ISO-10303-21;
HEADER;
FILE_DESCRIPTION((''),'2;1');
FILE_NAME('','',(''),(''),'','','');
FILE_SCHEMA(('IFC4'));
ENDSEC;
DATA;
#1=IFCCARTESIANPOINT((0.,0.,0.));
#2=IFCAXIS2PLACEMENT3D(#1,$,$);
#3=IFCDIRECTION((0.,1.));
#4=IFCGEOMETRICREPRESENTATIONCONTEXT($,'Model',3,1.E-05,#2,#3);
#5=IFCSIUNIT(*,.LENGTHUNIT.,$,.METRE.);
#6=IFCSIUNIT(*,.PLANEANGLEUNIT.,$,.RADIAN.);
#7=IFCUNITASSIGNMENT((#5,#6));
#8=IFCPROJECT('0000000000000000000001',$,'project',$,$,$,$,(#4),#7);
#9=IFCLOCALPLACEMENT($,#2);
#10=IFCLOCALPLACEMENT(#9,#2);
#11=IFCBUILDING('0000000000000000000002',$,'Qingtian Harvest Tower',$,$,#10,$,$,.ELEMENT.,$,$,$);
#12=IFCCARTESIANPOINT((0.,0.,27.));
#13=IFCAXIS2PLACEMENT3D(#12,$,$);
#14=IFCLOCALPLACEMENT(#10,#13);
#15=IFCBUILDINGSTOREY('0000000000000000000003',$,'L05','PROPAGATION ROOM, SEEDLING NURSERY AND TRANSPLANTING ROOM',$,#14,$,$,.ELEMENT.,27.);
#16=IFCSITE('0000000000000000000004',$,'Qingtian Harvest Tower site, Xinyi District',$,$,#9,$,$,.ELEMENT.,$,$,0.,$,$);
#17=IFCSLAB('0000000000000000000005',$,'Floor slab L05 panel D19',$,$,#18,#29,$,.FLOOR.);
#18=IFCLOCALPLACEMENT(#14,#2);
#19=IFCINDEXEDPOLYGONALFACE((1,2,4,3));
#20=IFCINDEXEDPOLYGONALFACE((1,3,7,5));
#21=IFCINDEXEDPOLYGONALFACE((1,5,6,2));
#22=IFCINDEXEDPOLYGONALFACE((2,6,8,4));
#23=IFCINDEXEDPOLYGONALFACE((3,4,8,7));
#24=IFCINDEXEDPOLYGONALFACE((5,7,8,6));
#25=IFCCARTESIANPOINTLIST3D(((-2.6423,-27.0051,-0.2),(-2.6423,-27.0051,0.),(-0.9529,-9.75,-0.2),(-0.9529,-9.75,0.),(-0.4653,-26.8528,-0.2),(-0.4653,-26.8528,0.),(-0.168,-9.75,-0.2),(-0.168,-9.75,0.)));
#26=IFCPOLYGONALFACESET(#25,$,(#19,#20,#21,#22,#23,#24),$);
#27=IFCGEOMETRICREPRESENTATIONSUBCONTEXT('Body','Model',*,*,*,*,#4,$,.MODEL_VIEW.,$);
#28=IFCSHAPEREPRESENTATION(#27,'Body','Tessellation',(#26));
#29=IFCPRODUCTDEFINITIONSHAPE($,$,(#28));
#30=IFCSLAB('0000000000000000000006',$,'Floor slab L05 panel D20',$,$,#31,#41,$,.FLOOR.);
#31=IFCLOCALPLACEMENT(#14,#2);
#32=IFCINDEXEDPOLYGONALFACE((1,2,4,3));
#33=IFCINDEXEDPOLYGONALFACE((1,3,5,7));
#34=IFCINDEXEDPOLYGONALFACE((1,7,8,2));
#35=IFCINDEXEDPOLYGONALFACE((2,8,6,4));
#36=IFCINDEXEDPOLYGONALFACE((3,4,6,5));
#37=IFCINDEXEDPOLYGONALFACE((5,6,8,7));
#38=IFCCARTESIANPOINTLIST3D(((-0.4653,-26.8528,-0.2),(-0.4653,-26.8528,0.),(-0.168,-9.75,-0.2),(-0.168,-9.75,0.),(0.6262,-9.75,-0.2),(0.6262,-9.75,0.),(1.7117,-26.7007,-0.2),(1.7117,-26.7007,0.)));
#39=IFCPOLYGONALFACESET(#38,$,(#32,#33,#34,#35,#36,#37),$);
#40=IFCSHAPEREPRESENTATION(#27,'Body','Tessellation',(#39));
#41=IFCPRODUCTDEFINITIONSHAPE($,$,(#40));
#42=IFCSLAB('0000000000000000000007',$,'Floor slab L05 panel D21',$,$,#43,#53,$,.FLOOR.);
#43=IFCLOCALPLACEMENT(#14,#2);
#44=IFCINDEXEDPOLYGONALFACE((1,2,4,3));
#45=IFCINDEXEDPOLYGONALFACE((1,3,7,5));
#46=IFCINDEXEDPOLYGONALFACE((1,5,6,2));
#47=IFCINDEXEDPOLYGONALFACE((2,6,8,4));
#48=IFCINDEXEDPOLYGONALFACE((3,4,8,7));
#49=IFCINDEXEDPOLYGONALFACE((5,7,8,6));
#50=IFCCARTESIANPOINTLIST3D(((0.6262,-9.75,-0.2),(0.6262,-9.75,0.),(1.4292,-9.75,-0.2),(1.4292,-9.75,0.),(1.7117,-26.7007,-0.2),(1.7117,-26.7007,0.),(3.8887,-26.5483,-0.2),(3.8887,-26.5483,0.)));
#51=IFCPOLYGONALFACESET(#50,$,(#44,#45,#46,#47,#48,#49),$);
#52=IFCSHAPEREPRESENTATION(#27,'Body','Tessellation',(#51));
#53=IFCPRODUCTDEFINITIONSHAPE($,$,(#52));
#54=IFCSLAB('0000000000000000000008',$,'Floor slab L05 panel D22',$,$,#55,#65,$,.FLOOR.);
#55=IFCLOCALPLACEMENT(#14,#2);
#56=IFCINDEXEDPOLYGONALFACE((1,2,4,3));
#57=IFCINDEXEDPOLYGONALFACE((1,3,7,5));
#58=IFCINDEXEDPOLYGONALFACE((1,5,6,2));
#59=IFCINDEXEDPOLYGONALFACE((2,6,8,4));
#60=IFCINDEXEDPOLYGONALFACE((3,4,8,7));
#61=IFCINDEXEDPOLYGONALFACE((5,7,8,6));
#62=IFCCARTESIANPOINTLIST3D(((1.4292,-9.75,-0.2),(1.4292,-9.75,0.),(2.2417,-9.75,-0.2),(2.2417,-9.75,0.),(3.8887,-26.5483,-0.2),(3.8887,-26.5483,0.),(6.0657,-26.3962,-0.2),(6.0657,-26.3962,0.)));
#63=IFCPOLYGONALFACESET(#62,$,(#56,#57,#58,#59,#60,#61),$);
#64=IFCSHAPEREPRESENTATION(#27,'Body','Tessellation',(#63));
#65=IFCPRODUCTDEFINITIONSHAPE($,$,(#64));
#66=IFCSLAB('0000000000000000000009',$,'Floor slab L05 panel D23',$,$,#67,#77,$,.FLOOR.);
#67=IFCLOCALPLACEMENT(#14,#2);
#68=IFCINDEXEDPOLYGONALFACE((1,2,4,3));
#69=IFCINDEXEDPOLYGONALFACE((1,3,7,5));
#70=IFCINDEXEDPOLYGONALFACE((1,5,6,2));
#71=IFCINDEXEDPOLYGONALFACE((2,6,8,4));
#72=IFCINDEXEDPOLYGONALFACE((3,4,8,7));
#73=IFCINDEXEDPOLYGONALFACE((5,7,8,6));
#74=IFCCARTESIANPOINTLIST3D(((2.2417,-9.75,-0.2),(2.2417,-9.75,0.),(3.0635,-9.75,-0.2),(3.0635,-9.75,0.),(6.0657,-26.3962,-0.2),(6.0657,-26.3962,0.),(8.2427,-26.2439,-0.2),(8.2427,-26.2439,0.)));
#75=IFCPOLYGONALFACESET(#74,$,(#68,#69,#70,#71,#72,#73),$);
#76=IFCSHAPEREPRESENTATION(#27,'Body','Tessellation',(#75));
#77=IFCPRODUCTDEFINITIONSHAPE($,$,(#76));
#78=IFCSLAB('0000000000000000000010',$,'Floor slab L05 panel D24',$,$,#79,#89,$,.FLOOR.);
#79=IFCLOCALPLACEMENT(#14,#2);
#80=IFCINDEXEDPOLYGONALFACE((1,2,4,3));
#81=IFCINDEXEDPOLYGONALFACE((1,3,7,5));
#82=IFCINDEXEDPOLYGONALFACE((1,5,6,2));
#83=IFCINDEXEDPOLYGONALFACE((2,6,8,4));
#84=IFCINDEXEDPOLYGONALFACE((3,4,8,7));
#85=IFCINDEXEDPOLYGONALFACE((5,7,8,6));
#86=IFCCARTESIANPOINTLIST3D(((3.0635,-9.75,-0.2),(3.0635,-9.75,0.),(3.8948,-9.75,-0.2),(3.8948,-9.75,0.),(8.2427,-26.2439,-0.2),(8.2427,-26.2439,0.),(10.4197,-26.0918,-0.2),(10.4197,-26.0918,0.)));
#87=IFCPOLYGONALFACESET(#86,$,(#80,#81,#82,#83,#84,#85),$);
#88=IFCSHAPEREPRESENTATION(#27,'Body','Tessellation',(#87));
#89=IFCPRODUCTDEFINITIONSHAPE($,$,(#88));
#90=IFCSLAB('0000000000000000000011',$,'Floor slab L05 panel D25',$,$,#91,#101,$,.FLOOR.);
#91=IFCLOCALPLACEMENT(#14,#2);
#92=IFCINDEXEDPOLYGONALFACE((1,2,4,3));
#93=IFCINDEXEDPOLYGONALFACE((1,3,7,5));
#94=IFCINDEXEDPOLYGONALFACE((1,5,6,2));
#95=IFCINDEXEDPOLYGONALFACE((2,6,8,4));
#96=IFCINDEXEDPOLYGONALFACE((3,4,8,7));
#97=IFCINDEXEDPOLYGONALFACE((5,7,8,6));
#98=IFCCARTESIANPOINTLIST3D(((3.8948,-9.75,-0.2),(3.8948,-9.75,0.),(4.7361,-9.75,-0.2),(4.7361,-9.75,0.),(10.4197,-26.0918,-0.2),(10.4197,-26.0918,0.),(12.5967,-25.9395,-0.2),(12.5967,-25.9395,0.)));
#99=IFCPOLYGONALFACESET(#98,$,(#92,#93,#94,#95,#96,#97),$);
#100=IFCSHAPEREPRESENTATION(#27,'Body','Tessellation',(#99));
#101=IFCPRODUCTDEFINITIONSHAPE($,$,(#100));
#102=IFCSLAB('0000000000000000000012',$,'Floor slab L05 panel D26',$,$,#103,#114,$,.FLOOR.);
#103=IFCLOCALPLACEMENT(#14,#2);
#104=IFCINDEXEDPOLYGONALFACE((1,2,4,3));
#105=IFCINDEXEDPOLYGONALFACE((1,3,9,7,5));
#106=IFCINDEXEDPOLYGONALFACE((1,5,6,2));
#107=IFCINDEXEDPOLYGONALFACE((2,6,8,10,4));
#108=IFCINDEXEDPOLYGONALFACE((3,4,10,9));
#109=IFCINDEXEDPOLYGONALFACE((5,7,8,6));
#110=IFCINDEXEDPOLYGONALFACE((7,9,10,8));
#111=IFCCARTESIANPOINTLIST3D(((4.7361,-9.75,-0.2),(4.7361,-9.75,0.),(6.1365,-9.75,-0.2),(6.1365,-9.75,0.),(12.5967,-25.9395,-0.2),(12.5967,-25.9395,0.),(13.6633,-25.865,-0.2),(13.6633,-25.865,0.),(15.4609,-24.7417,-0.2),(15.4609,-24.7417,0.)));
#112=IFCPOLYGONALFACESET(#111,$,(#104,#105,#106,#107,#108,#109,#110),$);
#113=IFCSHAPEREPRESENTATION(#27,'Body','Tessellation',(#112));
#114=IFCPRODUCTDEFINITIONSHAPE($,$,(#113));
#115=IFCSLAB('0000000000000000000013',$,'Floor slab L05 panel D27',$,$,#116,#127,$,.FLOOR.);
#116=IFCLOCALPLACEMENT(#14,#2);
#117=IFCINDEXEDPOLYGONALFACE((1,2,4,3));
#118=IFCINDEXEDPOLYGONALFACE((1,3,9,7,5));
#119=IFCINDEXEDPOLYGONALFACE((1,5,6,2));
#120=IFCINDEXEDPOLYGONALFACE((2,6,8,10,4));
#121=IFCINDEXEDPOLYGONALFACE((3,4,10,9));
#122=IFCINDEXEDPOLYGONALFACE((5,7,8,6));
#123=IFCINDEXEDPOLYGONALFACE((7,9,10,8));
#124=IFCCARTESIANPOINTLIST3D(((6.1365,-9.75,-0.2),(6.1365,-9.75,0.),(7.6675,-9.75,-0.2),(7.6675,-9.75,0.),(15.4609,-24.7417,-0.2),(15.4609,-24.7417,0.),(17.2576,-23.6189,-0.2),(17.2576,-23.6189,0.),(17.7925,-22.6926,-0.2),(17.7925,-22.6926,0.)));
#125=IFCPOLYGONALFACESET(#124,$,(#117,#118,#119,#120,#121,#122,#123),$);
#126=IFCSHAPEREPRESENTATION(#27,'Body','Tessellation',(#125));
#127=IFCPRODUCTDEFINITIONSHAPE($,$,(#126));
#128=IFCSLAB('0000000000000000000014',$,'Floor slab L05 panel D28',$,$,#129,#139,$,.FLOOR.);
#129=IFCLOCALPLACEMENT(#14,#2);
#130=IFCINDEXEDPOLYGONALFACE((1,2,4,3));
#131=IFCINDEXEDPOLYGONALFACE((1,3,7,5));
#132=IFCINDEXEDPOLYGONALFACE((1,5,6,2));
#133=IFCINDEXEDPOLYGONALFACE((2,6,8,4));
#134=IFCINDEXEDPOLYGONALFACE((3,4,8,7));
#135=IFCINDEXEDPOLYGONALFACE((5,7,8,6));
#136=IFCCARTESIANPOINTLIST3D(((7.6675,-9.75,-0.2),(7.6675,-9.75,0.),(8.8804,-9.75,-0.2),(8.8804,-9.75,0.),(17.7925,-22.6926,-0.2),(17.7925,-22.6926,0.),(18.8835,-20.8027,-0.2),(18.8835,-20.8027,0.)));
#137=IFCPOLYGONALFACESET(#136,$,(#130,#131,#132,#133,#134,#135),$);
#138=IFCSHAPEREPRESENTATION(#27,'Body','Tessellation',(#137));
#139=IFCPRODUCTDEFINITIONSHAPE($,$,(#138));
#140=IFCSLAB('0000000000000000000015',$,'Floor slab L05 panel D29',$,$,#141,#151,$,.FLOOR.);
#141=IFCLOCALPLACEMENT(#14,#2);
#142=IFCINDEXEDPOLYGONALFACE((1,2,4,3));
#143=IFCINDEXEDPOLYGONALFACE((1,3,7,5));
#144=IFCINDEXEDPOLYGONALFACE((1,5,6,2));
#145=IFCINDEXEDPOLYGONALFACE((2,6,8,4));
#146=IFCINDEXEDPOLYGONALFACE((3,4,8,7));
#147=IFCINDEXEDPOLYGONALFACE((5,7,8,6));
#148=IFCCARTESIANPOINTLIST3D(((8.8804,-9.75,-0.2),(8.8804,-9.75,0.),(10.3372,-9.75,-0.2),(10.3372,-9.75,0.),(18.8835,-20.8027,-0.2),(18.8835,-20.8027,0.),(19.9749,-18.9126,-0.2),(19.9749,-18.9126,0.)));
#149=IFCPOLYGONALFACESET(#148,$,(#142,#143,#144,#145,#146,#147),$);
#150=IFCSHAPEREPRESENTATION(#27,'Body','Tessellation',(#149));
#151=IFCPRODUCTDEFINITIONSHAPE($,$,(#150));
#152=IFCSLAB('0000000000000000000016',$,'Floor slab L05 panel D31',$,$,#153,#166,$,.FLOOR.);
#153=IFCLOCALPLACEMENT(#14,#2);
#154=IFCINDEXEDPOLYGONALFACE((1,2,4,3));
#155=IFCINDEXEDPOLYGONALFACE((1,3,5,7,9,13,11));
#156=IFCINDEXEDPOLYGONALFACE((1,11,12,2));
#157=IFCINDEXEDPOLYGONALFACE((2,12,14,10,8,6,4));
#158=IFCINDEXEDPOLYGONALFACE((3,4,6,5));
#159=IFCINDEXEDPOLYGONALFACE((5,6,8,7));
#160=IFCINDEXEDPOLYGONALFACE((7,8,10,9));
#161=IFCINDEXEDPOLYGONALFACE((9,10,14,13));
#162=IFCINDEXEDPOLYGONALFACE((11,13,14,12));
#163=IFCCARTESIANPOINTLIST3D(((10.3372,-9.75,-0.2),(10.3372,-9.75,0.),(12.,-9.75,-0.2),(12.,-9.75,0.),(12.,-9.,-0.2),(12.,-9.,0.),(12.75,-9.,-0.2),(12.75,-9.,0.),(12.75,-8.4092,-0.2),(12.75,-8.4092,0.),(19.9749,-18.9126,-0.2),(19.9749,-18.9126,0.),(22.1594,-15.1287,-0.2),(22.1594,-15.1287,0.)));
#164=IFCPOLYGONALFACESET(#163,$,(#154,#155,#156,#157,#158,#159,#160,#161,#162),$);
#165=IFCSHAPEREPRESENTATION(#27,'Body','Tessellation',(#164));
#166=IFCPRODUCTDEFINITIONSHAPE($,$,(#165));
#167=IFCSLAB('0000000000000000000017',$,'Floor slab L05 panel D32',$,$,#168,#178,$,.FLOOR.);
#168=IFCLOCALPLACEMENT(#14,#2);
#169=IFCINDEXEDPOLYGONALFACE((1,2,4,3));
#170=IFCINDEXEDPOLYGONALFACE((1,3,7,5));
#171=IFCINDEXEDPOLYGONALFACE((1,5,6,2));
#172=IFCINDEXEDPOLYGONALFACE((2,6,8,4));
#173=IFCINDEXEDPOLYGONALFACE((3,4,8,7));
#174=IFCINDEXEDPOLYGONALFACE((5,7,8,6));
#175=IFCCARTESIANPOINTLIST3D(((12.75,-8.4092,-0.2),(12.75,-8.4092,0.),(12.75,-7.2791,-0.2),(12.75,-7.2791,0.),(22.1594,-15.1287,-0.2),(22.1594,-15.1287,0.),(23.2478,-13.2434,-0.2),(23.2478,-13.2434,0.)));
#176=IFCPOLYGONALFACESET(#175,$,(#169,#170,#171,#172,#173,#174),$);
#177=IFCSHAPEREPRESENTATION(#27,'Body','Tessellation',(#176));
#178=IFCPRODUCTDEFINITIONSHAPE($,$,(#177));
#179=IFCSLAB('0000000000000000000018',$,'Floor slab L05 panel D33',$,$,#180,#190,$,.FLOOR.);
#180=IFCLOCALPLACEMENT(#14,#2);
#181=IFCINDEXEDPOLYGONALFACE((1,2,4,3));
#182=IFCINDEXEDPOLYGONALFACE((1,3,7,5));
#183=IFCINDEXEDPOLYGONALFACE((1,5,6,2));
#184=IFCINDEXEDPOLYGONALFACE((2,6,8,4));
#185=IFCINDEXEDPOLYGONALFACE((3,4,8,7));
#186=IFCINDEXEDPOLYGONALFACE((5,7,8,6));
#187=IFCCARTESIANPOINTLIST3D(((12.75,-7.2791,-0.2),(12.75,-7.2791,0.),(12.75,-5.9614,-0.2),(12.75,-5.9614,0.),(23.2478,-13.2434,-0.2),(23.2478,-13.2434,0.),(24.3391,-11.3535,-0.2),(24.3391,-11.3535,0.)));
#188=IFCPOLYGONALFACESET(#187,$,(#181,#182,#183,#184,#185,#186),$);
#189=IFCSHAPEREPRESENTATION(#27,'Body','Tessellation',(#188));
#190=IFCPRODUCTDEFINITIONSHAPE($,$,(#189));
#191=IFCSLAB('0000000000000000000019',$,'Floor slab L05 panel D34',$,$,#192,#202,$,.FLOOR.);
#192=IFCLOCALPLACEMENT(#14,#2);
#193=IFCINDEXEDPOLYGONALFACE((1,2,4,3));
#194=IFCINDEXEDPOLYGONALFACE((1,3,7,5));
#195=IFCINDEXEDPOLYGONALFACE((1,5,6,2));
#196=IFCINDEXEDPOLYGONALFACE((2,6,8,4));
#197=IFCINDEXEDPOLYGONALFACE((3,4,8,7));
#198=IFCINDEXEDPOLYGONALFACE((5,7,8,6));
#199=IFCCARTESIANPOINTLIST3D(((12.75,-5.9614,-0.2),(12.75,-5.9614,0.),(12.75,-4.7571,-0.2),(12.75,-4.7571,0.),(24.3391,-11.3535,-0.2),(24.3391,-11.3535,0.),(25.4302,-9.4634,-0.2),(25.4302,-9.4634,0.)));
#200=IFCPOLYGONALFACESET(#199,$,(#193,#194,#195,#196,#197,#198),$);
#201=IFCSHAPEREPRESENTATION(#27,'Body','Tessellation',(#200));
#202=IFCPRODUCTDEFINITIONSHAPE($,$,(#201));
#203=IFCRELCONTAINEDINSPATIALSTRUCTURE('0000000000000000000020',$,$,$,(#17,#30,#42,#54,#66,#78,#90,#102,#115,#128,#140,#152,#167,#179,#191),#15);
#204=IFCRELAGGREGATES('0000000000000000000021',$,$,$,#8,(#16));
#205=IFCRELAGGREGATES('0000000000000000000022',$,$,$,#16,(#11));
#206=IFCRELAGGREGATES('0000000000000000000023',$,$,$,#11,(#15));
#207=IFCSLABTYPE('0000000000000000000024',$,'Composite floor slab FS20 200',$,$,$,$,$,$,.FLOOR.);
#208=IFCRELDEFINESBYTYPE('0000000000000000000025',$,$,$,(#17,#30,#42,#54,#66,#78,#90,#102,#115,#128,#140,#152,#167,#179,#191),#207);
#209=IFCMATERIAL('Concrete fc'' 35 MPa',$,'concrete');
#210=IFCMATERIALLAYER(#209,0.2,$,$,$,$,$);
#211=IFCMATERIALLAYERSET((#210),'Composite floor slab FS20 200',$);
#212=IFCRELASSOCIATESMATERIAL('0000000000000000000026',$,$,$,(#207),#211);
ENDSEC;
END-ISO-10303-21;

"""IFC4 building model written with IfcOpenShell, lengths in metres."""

from ifc_helpers import new_model, si_unit, direction, frame, origin, place, context, subcontext, project, spatial, polyline, outline, extrude, material, layer, layer_set, type_object, element, save


model = new_model("IFC4")

# Units and contexts
model_context = context("Model", 3, precision=1e-05, world=origin(), true_north=direction((0.0, 1.0)))
body_context = subcontext(model_context, "Body", "Model", "MODEL_VIEW")
ifc_project = project(units=[si_unit("LENGTHUNIT", "METRE"), si_unit("PLANEANGLEUNIT", "RADIAN")], contexts=[model_context])

# Site, building, storey
site_placement = place(None, origin())
site = spatial("IfcSite", under=ifc_project, at=site_placement, Name="Qingtian Harvest Tower site, Xinyi District", CompositionType="ELEMENT", RefElevation=0.0)
building_placement = place(site_placement, origin())
building = spatial("IfcBuilding", under=site, at=building_placement, Name="Qingtian Harvest Tower", CompositionType="ELEMENT")
storey_placement = place(building_placement, frame((0.0, 0.0, 27.0)))
storey = spatial("IfcBuildingStorey", under=building, at=storey_placement, Name="L05", Description="PROPAGATION ROOM, SEEDLING NURSERY AND TRANSPLANTING ROOM", CompositionType="ELEMENT", Elevation=27.0)

# Slabs
ifc_material = material(Name="Concrete fc' 35 MPa", Category="concrete")
ifc_layer = layer(ifc_material, 0.2)
ifc_layer_set = layer_set([ifc_layer], Name="Composite floor slab FS20 200")
slab_type = type_object("IfcSlabType", Name="Composite floor slab FS20 200", PredefinedType="FLOOR", material=ifc_layer_set)
slab_1_placement = place(storey_placement, frame((0.0, 0.0, -0.2)))
element("IfcSlab", 1, at=slab_1_placement, inside=storey, type_object=slab_type, Name="Floor slab L05 panel D19", PredefinedType="FLOOR", context=body_context, shape_type="SweptSolid", body=[
    extrude(outline(polyline([(-0.168, -9.75), (-0.4653, -26.8528), (-2.6423, -27.0051), (-0.9529, -9.75), (-0.168, -9.75)])), origin(), (0.0, 0.0, 1.0), 0.2),
])
slab_2_placement = place(storey_placement, frame((0.0, 0.0, -0.2)))
element("IfcSlab", 2, at=slab_2_placement, inside=storey, type_object=slab_type, Name="Floor slab L05 panel D20", PredefinedType="FLOOR", context=body_context, shape_type="SweptSolid", body=[
    extrude(outline(polyline([(0.6262, -9.75), (1.7117, -26.7007), (-0.4653, -26.8528), (-0.168, -9.75), (0.6262, -9.75)])), origin(), (0.0, 0.0, 1.0), 0.2),
])
slab_3_placement = place(storey_placement, frame((0.0, 0.0, -0.2)))
element("IfcSlab", 3, at=slab_3_placement, inside=storey, type_object=slab_type, Name="Floor slab L05 panel D21", PredefinedType="FLOOR", context=body_context, shape_type="SweptSolid", body=[
    extrude(outline(polyline([(1.4292, -9.75), (3.8887, -26.5483), (1.7117, -26.7007), (0.6262, -9.75), (1.4292, -9.75)])), origin(), (0.0, 0.0, 1.0), 0.2),
])
slab_4_placement = place(storey_placement, frame((0.0, 0.0, -0.2)))
element("IfcSlab", 4, at=slab_4_placement, inside=storey, type_object=slab_type, Name="Floor slab L05 panel D22", PredefinedType="FLOOR", context=body_context, shape_type="SweptSolid", body=[
    extrude(outline(polyline([(2.2417, -9.75), (6.0657, -26.3962), (3.8887, -26.5483), (1.4292, -9.75), (2.2417, -9.75)])), origin(), (0.0, 0.0, 1.0), 0.2),
])
slab_5_placement = place(storey_placement, frame((0.0, 0.0, -0.2)))
element("IfcSlab", 5, at=slab_5_placement, inside=storey, type_object=slab_type, Name="Floor slab L05 panel D23", PredefinedType="FLOOR", context=body_context, shape_type="SweptSolid", body=[
    extrude(outline(polyline([(3.0635, -9.75), (8.2427, -26.2439), (6.0657, -26.3962), (2.2417, -9.75), (3.0635, -9.75)])), origin(), (0.0, 0.0, 1.0), 0.2),
])
slab_6_placement = place(storey_placement, frame((0.0, 0.0, -0.2)))
element("IfcSlab", 6, at=slab_6_placement, inside=storey, type_object=slab_type, Name="Floor slab L05 panel D24", PredefinedType="FLOOR", context=body_context, shape_type="SweptSolid", body=[
    extrude(outline(polyline([(3.8948, -9.75), (10.4197, -26.0918), (8.2427, -26.2439), (3.0635, -9.75), (3.8948, -9.75)])), origin(), (0.0, 0.0, 1.0), 0.2),
])
slab_7_placement = place(storey_placement, frame((0.0, 0.0, -0.2)))
element("IfcSlab", 7, at=slab_7_placement, inside=storey, type_object=slab_type, Name="Floor slab L05 panel D25", PredefinedType="FLOOR", context=body_context, shape_type="SweptSolid", body=[
    extrude(outline(polyline([(4.7361, -9.75), (12.5967, -25.9395), (10.4197, -26.0918), (3.8948, -9.75), (4.7361, -9.75)])), origin(), (0.0, 0.0, 1.0), 0.2),
])
slab_8_placement = place(storey_placement, frame((0.0, 0.0, -0.2)))
element("IfcSlab", 8, at=slab_8_placement, inside=storey, type_object=slab_type, Name="Floor slab L05 panel D26", PredefinedType="FLOOR", context=body_context, shape_type="SweptSolid", body=[
    extrude(outline(polyline([(4.7361, -9.75), (6.1365, -9.75), (15.4609, -24.7417), (13.6633, -25.865), (12.5967, -25.9395), (4.7361, -9.75)])), origin(), (0.0, 0.0, 1.0), 0.2),
])
slab_9_placement = place(storey_placement, frame((0.0, 0.0, -0.2)))
element("IfcSlab", 9, at=slab_9_placement, inside=storey, type_object=slab_type, Name="Floor slab L05 panel D27", PredefinedType="FLOOR", context=body_context, shape_type="SweptSolid", body=[
    extrude(outline(polyline([(6.1365, -9.75), (7.6675, -9.75), (17.7925, -22.6926), (17.2576, -23.6189), (15.4609, -24.7417), (6.1365, -9.75)])), origin(), (0.0, 0.0, 1.0), 0.2),
])
slab_10_placement = place(storey_placement, frame((0.0, 0.0, -0.2)))
element("IfcSlab", 10, at=slab_10_placement, inside=storey, type_object=slab_type, Name="Floor slab L05 panel D28", PredefinedType="FLOOR", context=body_context, shape_type="SweptSolid", body=[
    extrude(outline(polyline([(8.8804, -9.75), (18.8835, -20.8027), (17.7925, -22.6926), (7.6675, -9.75), (8.8804, -9.75)])), origin(), (0.0, 0.0, 1.0), 0.2),
])
slab_11_placement = place(storey_placement, frame((0.0, 0.0, -0.2)))
element("IfcSlab", 11, at=slab_11_placement, inside=storey, type_object=slab_type, Name="Floor slab L05 panel D29", PredefinedType="FLOOR", context=body_context, shape_type="SweptSolid", body=[
    extrude(outline(polyline([(10.3372, -9.75), (19.9749, -18.9126), (18.8835, -20.8027), (8.8804, -9.75), (10.3372, -9.75)])), origin(), (0.0, 0.0, 1.0), 0.2),
])
slab_12_placement = place(storey_placement, frame((0.0, 0.0, -0.2)))
element("IfcSlab", 12, at=slab_12_placement, inside=storey, type_object=slab_type, Name="Floor slab L05 panel D31", PredefinedType="FLOOR", context=body_context, shape_type="SweptSolid", body=[
    extrude(outline(polyline([(12.75, -8.4092), (22.1594, -15.1287), (19.9749, -18.9126), (10.3372, -9.75), (12.0, -9.75), (12.0, -9.0), (12.75, -9.0), (12.75, -8.4092)])), origin(), (0.0, 0.0, 1.0), 0.2),
])
slab_13_placement = place(storey_placement, frame((0.0, 0.0, -0.2)))
element("IfcSlab", 13, at=slab_13_placement, inside=storey, type_object=slab_type, Name="Floor slab L05 panel D32", PredefinedType="FLOOR", context=body_context, shape_type="SweptSolid", body=[
    extrude(outline(polyline([(12.75, -7.2791), (23.2478, -13.2434), (22.1594, -15.1287), (12.75, -8.4092), (12.75, -7.2791)])), origin(), (0.0, 0.0, 1.0), 0.2),
])
slab_14_placement = place(storey_placement, frame((0.0, 0.0, -0.2)))
element("IfcSlab", 14, at=slab_14_placement, inside=storey, type_object=slab_type, Name="Floor slab L05 panel D33", PredefinedType="FLOOR", context=body_context, shape_type="SweptSolid", body=[
    extrude(outline(polyline([(12.75, -5.9614), (24.3391, -11.3535), (23.2478, -13.2434), (12.75, -7.2791), (12.75, -5.9614)])), origin(), (0.0, 0.0, 1.0), 0.2),
])
slab_15_placement = place(storey_placement, frame((0.0, 0.0, -0.2)))
element("IfcSlab", 15, at=slab_15_placement, inside=storey, type_object=slab_type, Name="Floor slab L05 panel D34", PredefinedType="FLOOR", context=body_context, shape_type="SweptSolid", body=[
    extrude(outline(polyline([(12.75, -4.7571), (25.4302, -9.4634), (24.3391, -11.3535), (12.75, -5.9614), (12.75, -4.7571)])), origin(), (0.0, 0.0, 1.0), 0.2),
])

save(model, "model.ifc")
